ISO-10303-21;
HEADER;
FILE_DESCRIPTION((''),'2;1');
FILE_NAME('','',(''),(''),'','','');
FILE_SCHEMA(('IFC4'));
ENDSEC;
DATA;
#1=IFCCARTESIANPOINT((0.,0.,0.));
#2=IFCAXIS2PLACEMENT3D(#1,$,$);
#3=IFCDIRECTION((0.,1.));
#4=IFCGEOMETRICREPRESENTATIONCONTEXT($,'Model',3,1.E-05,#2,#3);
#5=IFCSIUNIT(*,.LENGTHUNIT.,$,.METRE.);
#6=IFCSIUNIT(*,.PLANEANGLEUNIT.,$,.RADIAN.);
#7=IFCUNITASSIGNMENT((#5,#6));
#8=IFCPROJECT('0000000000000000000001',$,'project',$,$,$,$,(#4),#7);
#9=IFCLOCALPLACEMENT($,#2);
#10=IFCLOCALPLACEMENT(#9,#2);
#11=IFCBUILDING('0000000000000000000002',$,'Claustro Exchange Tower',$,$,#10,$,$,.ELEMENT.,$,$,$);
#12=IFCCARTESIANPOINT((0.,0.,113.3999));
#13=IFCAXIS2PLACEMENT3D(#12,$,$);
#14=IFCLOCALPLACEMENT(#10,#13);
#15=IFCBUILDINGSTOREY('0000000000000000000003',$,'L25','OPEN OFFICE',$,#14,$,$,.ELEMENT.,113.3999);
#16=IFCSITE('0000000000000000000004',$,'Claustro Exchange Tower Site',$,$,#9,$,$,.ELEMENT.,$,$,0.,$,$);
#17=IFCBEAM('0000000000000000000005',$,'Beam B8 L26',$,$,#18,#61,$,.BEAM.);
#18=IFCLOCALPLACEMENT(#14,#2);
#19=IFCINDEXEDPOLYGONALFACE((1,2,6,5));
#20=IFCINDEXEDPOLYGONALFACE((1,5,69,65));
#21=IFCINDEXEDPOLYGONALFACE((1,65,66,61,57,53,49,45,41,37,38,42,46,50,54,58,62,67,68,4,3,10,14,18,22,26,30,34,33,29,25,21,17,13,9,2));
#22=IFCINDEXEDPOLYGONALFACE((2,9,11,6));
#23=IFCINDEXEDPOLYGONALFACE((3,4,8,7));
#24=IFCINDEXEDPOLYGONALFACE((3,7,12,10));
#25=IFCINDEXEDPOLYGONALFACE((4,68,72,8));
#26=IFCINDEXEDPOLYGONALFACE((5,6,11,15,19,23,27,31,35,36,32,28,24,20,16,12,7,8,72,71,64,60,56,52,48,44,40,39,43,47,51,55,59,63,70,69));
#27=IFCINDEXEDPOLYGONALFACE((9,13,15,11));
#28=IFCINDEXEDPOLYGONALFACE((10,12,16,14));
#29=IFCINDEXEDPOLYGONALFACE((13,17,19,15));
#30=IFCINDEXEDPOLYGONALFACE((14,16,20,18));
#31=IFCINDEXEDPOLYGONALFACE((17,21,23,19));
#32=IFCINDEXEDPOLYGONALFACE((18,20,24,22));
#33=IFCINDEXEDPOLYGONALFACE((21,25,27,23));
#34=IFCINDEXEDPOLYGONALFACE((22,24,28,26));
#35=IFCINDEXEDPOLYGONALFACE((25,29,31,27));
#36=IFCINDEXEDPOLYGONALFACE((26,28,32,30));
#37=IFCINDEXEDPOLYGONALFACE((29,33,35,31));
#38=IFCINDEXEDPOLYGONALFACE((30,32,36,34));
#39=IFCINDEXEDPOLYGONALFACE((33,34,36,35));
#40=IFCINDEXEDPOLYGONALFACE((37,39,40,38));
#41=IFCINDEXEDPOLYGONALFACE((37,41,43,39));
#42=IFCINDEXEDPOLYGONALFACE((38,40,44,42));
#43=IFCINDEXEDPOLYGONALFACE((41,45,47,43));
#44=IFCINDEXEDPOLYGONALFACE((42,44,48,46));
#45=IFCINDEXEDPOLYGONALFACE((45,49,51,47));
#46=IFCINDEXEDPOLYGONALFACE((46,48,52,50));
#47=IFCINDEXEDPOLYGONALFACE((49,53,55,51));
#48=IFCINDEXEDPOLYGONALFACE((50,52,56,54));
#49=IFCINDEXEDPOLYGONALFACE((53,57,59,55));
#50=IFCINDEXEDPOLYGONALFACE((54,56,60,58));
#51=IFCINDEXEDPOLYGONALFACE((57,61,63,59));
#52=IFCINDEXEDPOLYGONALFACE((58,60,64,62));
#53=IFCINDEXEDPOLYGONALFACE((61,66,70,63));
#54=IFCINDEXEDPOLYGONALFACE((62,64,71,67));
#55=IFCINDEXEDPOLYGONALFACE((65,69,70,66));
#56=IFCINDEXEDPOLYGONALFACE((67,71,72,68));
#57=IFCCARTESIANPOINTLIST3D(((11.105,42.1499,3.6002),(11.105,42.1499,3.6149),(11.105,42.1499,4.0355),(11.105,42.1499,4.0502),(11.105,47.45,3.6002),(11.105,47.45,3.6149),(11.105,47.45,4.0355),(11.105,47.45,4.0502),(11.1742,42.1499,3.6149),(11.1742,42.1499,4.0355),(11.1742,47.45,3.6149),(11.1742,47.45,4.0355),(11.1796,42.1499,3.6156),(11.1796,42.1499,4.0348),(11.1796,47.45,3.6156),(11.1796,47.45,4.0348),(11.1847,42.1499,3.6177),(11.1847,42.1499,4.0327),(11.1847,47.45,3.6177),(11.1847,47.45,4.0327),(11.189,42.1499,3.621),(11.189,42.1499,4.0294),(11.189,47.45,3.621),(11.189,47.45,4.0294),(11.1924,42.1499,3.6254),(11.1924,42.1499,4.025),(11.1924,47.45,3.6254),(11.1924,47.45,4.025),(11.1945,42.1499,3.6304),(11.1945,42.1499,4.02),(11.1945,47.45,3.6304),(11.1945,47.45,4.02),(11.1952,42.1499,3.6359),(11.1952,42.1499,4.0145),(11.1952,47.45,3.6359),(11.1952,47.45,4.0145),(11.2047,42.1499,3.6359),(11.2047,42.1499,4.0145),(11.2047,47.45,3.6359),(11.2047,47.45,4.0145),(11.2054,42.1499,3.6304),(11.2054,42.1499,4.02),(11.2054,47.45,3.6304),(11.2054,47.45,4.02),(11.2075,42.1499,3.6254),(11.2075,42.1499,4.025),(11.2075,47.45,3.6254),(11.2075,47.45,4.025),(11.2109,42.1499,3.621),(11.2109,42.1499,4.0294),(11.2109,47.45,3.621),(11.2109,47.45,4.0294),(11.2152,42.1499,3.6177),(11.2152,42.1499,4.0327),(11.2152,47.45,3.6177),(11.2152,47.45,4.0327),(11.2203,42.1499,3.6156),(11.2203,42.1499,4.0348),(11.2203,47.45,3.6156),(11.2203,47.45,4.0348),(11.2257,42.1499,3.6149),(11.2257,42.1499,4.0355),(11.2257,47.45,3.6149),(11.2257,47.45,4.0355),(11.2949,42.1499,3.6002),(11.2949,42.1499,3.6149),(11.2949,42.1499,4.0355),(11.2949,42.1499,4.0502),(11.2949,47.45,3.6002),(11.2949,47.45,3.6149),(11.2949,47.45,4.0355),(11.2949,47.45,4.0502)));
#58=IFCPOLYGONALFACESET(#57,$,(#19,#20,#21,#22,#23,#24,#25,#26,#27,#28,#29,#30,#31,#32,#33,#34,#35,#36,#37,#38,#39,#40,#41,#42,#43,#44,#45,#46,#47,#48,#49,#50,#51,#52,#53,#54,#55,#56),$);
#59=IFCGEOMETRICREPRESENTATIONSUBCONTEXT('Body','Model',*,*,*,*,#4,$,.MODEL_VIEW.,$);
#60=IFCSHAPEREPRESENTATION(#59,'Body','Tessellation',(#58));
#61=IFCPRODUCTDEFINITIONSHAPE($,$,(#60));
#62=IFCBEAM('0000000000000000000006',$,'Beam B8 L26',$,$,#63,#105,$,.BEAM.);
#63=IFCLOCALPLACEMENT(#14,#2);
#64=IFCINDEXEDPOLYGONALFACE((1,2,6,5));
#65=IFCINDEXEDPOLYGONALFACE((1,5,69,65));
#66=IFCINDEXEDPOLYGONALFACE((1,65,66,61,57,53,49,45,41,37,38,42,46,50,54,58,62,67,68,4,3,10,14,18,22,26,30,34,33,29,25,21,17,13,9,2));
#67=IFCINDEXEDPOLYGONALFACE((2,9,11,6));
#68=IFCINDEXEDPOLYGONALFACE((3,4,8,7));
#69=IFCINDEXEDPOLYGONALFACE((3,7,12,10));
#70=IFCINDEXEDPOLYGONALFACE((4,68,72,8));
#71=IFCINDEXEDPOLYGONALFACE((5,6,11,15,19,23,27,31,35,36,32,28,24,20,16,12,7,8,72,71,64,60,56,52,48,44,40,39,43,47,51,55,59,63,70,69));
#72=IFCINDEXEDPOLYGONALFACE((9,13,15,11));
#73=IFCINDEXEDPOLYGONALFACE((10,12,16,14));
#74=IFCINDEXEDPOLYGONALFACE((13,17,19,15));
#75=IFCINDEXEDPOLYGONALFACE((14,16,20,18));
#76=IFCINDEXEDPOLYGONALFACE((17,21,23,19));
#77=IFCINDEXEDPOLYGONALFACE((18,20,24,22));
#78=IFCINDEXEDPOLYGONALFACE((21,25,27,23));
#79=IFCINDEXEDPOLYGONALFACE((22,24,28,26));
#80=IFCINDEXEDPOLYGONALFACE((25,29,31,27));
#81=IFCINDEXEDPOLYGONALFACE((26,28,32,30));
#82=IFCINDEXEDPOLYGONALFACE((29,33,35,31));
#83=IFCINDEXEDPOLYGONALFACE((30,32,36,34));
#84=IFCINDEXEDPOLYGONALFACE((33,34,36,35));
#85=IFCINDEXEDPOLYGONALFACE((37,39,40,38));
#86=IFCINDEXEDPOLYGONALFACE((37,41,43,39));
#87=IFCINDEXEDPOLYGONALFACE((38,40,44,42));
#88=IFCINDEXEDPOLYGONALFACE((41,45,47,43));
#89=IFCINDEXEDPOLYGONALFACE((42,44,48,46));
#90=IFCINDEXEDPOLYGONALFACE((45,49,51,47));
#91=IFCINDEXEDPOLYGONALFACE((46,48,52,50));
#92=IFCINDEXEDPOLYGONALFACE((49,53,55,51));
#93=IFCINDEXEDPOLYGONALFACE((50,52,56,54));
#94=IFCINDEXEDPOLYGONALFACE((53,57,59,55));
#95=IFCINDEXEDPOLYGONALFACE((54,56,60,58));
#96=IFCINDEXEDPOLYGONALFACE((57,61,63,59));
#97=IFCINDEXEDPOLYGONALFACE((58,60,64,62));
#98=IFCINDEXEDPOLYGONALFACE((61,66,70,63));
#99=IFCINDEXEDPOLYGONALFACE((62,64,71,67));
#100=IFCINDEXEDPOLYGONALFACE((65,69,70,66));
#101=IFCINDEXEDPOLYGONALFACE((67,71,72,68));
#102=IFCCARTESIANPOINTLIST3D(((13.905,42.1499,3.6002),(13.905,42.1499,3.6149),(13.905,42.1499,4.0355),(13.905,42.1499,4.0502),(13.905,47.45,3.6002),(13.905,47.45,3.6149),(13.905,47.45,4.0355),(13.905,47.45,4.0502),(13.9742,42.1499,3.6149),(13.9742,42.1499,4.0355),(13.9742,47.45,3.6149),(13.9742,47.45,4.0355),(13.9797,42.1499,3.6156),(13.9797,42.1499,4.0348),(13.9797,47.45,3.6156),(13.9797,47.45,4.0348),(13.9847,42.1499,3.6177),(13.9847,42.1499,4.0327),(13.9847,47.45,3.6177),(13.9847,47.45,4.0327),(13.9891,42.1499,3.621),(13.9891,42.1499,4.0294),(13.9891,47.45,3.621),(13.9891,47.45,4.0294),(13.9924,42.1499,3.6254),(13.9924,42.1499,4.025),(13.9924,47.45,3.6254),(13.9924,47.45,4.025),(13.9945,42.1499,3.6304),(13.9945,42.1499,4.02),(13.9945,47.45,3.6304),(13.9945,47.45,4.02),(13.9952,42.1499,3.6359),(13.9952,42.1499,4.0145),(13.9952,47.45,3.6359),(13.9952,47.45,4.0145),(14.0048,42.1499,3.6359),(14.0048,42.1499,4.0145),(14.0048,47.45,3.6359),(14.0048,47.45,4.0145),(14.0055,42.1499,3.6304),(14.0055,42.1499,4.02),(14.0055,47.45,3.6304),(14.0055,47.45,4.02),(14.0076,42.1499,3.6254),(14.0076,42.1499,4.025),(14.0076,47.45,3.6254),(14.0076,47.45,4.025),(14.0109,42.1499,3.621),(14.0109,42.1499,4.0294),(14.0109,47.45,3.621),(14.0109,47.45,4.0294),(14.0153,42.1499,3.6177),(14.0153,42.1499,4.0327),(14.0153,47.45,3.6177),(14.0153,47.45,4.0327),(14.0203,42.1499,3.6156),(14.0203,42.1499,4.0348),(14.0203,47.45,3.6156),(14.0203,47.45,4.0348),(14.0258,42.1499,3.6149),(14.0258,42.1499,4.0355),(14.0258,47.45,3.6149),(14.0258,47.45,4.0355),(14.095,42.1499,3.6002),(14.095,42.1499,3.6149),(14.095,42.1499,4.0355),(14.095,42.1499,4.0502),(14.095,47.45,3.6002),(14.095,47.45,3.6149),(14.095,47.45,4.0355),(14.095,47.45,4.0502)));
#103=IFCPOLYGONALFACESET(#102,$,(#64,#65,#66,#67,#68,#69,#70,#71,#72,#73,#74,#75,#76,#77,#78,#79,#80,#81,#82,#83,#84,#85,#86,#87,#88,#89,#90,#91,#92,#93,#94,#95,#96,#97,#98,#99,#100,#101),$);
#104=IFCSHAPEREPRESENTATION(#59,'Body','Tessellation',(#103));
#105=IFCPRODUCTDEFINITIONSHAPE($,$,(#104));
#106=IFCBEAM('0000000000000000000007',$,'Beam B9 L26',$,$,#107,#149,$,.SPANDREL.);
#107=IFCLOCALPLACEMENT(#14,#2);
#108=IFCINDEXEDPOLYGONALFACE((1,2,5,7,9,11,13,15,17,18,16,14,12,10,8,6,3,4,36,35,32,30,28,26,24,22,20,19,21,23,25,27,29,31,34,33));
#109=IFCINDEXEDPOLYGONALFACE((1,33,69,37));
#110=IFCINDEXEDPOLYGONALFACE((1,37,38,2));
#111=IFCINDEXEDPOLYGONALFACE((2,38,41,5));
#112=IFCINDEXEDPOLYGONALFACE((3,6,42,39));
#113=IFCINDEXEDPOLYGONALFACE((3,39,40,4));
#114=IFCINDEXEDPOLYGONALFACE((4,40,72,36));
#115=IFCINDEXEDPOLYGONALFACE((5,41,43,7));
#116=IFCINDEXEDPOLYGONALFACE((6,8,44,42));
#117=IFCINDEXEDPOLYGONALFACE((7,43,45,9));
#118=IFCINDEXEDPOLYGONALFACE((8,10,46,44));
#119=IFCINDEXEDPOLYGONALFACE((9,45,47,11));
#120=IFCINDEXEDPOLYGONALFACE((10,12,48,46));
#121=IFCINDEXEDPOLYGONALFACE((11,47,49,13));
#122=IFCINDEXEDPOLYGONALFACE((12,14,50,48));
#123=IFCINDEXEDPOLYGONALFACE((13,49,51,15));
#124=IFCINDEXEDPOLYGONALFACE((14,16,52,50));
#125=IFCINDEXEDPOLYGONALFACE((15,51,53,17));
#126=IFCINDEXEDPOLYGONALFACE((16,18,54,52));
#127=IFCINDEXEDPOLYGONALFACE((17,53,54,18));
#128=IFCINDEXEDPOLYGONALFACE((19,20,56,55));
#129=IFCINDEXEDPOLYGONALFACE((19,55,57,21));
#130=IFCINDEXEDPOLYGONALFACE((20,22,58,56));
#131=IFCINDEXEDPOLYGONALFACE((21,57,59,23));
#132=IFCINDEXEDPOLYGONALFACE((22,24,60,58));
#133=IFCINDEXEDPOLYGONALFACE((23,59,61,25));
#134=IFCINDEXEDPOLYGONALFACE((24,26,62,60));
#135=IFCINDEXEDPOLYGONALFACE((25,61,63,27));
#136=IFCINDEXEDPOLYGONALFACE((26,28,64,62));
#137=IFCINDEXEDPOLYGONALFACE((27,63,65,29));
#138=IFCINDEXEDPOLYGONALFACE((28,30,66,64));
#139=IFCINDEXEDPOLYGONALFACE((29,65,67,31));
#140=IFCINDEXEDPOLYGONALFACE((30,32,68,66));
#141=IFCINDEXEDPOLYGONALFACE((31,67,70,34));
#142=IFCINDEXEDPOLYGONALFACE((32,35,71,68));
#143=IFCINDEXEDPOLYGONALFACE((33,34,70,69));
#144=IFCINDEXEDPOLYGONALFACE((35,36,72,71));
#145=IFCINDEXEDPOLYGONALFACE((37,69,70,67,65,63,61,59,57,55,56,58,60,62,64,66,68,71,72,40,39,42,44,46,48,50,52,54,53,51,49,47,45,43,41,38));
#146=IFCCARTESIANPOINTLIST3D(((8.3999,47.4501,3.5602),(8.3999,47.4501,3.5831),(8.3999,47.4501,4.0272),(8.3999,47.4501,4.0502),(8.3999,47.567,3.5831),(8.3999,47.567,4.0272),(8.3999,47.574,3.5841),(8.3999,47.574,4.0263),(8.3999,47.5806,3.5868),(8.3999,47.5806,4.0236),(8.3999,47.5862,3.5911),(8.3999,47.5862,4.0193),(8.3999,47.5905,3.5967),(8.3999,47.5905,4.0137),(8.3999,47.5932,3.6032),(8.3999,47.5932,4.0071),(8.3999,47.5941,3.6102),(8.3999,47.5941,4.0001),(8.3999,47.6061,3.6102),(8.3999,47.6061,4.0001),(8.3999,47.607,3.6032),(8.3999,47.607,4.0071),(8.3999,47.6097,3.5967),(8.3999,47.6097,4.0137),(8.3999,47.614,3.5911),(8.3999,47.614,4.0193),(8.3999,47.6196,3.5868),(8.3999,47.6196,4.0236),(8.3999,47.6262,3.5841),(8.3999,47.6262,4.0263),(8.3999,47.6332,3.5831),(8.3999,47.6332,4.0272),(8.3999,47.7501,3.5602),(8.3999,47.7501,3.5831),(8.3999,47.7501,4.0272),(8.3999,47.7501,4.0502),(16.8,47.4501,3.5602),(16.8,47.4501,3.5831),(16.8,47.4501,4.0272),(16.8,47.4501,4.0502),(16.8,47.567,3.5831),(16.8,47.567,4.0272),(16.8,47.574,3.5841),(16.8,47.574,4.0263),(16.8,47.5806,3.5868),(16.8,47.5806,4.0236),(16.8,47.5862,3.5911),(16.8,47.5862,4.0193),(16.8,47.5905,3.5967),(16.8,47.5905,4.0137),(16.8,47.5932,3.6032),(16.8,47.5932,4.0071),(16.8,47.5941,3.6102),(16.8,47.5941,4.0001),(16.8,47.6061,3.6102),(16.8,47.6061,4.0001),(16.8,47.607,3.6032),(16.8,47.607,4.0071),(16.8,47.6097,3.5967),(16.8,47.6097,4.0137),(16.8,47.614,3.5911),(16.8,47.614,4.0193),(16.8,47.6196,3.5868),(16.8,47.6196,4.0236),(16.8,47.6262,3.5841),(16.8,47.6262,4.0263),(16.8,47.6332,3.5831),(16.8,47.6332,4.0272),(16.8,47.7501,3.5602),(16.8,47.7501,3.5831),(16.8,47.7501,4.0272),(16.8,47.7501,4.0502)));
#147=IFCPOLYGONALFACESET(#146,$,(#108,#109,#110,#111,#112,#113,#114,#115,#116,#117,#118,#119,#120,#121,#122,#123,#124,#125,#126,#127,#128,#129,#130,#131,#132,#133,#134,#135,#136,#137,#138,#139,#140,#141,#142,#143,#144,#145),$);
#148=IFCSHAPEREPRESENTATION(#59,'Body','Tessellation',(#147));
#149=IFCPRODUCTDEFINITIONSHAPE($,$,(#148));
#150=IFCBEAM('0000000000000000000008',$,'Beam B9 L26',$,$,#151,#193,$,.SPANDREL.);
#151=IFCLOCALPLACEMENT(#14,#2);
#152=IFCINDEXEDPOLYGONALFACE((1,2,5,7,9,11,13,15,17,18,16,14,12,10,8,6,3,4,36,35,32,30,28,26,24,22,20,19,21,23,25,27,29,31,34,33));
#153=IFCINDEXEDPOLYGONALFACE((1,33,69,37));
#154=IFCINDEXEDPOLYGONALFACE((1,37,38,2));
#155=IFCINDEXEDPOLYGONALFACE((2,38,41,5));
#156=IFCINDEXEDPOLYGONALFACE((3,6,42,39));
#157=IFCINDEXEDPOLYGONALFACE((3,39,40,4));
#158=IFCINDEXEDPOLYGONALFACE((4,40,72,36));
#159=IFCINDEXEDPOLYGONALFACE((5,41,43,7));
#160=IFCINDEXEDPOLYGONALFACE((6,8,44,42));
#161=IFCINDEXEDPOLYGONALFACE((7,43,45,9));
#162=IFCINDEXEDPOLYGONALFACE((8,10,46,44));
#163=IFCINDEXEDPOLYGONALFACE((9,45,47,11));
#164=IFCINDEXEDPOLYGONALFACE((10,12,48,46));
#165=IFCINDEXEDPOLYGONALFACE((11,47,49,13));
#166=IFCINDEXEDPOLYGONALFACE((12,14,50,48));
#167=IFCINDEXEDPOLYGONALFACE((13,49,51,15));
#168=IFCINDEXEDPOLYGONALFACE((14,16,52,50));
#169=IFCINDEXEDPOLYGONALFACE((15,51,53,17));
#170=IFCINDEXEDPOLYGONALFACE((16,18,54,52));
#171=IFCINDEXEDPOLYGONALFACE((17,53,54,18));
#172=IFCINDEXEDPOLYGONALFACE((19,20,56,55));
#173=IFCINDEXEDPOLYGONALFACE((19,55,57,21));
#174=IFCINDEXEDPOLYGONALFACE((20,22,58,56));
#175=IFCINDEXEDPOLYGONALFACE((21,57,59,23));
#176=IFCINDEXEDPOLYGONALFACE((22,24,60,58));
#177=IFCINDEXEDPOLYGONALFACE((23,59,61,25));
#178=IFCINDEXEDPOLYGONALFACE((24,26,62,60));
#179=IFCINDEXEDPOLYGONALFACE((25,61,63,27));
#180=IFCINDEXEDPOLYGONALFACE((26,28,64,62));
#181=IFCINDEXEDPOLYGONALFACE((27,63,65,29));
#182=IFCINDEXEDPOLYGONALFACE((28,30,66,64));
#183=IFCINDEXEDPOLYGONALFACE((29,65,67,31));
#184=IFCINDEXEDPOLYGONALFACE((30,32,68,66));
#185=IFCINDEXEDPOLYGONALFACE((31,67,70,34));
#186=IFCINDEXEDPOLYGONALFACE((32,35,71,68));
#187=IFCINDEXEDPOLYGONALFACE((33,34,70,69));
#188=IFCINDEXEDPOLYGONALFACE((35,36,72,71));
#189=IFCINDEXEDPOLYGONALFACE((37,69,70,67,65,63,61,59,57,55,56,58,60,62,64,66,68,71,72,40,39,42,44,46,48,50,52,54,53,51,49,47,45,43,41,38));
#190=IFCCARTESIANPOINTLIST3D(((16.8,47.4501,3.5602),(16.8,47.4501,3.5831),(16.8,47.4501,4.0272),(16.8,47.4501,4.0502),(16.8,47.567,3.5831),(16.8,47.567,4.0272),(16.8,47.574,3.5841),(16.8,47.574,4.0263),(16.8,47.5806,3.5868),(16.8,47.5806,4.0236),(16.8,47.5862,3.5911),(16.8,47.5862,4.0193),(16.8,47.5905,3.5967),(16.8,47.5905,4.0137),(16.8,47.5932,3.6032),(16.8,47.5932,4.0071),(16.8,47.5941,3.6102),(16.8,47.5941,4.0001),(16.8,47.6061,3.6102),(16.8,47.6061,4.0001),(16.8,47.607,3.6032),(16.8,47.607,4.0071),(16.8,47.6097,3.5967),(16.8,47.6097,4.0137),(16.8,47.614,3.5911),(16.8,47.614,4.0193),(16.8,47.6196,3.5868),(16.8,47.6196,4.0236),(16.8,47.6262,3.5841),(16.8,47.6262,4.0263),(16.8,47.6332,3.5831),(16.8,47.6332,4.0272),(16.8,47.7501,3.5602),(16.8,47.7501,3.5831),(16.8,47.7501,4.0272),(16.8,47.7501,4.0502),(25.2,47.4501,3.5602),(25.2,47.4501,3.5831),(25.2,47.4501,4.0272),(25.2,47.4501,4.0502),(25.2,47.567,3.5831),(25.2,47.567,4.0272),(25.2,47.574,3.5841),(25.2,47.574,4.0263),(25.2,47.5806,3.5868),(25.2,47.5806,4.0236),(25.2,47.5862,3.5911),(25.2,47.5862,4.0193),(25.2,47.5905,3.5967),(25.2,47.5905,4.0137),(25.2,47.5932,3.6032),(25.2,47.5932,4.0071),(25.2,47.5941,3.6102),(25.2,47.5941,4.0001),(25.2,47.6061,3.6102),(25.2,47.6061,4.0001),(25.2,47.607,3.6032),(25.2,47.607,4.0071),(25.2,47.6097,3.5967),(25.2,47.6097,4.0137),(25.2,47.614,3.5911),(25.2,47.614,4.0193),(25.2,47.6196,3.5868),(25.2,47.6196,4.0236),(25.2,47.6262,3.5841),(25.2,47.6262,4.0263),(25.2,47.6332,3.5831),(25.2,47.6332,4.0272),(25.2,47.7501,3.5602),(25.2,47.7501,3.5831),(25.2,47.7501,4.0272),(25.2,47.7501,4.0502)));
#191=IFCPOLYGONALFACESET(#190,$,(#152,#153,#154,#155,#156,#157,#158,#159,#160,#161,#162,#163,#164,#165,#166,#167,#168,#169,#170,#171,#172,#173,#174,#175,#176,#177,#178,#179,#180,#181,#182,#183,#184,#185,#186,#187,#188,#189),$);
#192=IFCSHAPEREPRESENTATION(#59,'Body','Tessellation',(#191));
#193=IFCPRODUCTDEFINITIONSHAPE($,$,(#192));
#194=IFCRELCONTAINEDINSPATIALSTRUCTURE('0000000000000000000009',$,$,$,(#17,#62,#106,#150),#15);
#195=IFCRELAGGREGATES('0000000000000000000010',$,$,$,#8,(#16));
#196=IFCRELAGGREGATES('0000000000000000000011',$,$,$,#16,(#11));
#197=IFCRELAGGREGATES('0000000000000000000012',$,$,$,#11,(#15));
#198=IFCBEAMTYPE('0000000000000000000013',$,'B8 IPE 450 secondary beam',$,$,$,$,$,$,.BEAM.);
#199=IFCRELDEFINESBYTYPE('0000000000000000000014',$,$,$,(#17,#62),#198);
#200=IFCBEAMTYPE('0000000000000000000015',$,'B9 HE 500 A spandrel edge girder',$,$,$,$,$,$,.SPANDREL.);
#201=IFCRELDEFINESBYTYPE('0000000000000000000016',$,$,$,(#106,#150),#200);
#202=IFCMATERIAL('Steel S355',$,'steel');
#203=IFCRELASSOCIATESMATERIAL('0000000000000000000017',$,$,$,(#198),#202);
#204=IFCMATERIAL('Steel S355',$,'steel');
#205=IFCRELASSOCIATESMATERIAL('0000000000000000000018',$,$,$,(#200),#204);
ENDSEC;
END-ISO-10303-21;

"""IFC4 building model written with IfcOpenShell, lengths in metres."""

from ifc_helpers import new_model, si_unit, direction, frame, origin, origin_2d, place, context, subcontext, project, spatial, i_section, extrude, material, material_profile, profile_set, type_object, element, save


model = new_model("IFC4")

# Units and contexts
model_context = context("Model", 3, precision=1e-05, world=origin(), true_north=direction((0.0, 1.0)))
body_context = subcontext(model_context, "Body", "Model", "MODEL_VIEW")
ifc_project = project(units=[si_unit("LENGTHUNIT", "METRE"), si_unit("PLANEANGLEUNIT", "RADIAN")], contexts=[model_context])

# Site, building, storey
site_placement = place(None, origin())
site = spatial("IfcSite", under=ifc_project, at=site_placement, Name="Claustro Exchange Tower Site", CompositionType="ELEMENT", RefElevation=0.0)
building_placement = place(site_placement, origin())
building = spatial("IfcBuilding", under=site, at=building_placement, Name="Claustro Exchange Tower", CompositionType="ELEMENT")
storey_placement = place(building_placement, frame((0.0, 0.0, 113.3999)))
storey = spatial("IfcBuildingStorey", under=building, at=storey_placement, Name="L25", Description="OPEN OFFICE", CompositionType="ELEMENT", Elevation=113.3999)

# Beams
ifc_material_1 = material(Name="Steel S355", Category="steel")
ifc_material_profile_1 = material_profile(ifc_material_1, i_section(OverallWidth=0.1899, OverallDepth=0.45, WebThickness=0.0095, FlangeThickness=0.0146, FilletRadius=0.021, at=origin_2d()), Name="IPE 450")
ifc_profile_set_1 = profile_set([ifc_material_profile_1], Name="Steel S355")
beam_type_1 = type_object("IfcBeamType", Name="B8 IPE 450 secondary beam", PredefinedType="BEAM", material=ifc_profile_set_1)
for number, where, z_axis, x_axis, name in (
    (1, (11.2, 42.1499, 3.8252), (0.0, 1.0, 0.0), (-1.0, 0.0, 0.0), "Beam B8 L26"),
    (2, (14.0, 42.1499, 3.8252), (0.0, 1.0, 0.0), (-1.0, 0.0, 0.0), "Beam B8 L26"),
):
    element("IfcBeam", number, at=place(storey_placement, frame(where, z_axis=z_axis, x_axis=x_axis)), inside=storey, type_object=beam_type_1, Name=name, PredefinedType="BEAM", context=body_context, shape_type="SweptSolid", body=[
        extrude(i_section(OverallWidth=0.1899, OverallDepth=0.45, WebThickness=0.0095, FlangeThickness=0.0146, FilletRadius=0.021, at=origin_2d()), origin(), (0.0, 0.0, 1.0), 5.3),
    ])
ifc_material_2 = material(Name="Steel S355", Category="steel")
ifc_material_profile_2 = material_profile(ifc_material_2, i_section(OverallWidth=0.3, OverallDepth=0.49, WebThickness=0.012, FlangeThickness=0.0229, FilletRadius=0.0271, at=origin_2d()), Name="HE 500 A")
ifc_profile_set_2 = profile_set([ifc_material_profile_2], Name="Steel S355")
beam_type_2 = type_object("IfcBeamType", Name="B9 HE 500 A spandrel edge girder", PredefinedType="SPANDREL", material=ifc_profile_set_2)
beam_1_placement = place(storey_placement, frame((8.3999, 47.6001, 3.8052), z_axis=(1.0, 0.0, 0.0), x_axis=(0.0, 1.0, 0.0)))
element("IfcBeam", 3, at=beam_1_placement, inside=storey, type_object=beam_type_2, Name="Beam B9 L26", PredefinedType="SPANDREL", context=body_context, shape_type="SweptSolid", body=[
    extrude(i_section(OverallWidth=0.3, OverallDepth=0.49, WebThickness=0.012, FlangeThickness=0.0229, FilletRadius=0.0271, at=origin_2d()), origin(), (0.0, 0.0, 1.0), 8.4001),
])
beam_2_placement = place(storey_placement, frame((16.8, 47.6001, 3.8052), z_axis=(1.0, 0.0, 0.0), x_axis=(0.0, 1.0, 0.0)))
element("IfcBeam", 4, at=beam_2_placement, inside=storey, type_object=beam_type_2, Name="Beam B9 L26", PredefinedType="SPANDREL", context=body_context, shape_type="SweptSolid", body=[
    extrude(i_section(OverallWidth=0.3, OverallDepth=0.49, WebThickness=0.012, FlangeThickness=0.0229, FilletRadius=0.0271, at=origin_2d()), origin(), (0.0, 0.0, 1.0), 8.3999),
])

save(model, "model.ifc")
